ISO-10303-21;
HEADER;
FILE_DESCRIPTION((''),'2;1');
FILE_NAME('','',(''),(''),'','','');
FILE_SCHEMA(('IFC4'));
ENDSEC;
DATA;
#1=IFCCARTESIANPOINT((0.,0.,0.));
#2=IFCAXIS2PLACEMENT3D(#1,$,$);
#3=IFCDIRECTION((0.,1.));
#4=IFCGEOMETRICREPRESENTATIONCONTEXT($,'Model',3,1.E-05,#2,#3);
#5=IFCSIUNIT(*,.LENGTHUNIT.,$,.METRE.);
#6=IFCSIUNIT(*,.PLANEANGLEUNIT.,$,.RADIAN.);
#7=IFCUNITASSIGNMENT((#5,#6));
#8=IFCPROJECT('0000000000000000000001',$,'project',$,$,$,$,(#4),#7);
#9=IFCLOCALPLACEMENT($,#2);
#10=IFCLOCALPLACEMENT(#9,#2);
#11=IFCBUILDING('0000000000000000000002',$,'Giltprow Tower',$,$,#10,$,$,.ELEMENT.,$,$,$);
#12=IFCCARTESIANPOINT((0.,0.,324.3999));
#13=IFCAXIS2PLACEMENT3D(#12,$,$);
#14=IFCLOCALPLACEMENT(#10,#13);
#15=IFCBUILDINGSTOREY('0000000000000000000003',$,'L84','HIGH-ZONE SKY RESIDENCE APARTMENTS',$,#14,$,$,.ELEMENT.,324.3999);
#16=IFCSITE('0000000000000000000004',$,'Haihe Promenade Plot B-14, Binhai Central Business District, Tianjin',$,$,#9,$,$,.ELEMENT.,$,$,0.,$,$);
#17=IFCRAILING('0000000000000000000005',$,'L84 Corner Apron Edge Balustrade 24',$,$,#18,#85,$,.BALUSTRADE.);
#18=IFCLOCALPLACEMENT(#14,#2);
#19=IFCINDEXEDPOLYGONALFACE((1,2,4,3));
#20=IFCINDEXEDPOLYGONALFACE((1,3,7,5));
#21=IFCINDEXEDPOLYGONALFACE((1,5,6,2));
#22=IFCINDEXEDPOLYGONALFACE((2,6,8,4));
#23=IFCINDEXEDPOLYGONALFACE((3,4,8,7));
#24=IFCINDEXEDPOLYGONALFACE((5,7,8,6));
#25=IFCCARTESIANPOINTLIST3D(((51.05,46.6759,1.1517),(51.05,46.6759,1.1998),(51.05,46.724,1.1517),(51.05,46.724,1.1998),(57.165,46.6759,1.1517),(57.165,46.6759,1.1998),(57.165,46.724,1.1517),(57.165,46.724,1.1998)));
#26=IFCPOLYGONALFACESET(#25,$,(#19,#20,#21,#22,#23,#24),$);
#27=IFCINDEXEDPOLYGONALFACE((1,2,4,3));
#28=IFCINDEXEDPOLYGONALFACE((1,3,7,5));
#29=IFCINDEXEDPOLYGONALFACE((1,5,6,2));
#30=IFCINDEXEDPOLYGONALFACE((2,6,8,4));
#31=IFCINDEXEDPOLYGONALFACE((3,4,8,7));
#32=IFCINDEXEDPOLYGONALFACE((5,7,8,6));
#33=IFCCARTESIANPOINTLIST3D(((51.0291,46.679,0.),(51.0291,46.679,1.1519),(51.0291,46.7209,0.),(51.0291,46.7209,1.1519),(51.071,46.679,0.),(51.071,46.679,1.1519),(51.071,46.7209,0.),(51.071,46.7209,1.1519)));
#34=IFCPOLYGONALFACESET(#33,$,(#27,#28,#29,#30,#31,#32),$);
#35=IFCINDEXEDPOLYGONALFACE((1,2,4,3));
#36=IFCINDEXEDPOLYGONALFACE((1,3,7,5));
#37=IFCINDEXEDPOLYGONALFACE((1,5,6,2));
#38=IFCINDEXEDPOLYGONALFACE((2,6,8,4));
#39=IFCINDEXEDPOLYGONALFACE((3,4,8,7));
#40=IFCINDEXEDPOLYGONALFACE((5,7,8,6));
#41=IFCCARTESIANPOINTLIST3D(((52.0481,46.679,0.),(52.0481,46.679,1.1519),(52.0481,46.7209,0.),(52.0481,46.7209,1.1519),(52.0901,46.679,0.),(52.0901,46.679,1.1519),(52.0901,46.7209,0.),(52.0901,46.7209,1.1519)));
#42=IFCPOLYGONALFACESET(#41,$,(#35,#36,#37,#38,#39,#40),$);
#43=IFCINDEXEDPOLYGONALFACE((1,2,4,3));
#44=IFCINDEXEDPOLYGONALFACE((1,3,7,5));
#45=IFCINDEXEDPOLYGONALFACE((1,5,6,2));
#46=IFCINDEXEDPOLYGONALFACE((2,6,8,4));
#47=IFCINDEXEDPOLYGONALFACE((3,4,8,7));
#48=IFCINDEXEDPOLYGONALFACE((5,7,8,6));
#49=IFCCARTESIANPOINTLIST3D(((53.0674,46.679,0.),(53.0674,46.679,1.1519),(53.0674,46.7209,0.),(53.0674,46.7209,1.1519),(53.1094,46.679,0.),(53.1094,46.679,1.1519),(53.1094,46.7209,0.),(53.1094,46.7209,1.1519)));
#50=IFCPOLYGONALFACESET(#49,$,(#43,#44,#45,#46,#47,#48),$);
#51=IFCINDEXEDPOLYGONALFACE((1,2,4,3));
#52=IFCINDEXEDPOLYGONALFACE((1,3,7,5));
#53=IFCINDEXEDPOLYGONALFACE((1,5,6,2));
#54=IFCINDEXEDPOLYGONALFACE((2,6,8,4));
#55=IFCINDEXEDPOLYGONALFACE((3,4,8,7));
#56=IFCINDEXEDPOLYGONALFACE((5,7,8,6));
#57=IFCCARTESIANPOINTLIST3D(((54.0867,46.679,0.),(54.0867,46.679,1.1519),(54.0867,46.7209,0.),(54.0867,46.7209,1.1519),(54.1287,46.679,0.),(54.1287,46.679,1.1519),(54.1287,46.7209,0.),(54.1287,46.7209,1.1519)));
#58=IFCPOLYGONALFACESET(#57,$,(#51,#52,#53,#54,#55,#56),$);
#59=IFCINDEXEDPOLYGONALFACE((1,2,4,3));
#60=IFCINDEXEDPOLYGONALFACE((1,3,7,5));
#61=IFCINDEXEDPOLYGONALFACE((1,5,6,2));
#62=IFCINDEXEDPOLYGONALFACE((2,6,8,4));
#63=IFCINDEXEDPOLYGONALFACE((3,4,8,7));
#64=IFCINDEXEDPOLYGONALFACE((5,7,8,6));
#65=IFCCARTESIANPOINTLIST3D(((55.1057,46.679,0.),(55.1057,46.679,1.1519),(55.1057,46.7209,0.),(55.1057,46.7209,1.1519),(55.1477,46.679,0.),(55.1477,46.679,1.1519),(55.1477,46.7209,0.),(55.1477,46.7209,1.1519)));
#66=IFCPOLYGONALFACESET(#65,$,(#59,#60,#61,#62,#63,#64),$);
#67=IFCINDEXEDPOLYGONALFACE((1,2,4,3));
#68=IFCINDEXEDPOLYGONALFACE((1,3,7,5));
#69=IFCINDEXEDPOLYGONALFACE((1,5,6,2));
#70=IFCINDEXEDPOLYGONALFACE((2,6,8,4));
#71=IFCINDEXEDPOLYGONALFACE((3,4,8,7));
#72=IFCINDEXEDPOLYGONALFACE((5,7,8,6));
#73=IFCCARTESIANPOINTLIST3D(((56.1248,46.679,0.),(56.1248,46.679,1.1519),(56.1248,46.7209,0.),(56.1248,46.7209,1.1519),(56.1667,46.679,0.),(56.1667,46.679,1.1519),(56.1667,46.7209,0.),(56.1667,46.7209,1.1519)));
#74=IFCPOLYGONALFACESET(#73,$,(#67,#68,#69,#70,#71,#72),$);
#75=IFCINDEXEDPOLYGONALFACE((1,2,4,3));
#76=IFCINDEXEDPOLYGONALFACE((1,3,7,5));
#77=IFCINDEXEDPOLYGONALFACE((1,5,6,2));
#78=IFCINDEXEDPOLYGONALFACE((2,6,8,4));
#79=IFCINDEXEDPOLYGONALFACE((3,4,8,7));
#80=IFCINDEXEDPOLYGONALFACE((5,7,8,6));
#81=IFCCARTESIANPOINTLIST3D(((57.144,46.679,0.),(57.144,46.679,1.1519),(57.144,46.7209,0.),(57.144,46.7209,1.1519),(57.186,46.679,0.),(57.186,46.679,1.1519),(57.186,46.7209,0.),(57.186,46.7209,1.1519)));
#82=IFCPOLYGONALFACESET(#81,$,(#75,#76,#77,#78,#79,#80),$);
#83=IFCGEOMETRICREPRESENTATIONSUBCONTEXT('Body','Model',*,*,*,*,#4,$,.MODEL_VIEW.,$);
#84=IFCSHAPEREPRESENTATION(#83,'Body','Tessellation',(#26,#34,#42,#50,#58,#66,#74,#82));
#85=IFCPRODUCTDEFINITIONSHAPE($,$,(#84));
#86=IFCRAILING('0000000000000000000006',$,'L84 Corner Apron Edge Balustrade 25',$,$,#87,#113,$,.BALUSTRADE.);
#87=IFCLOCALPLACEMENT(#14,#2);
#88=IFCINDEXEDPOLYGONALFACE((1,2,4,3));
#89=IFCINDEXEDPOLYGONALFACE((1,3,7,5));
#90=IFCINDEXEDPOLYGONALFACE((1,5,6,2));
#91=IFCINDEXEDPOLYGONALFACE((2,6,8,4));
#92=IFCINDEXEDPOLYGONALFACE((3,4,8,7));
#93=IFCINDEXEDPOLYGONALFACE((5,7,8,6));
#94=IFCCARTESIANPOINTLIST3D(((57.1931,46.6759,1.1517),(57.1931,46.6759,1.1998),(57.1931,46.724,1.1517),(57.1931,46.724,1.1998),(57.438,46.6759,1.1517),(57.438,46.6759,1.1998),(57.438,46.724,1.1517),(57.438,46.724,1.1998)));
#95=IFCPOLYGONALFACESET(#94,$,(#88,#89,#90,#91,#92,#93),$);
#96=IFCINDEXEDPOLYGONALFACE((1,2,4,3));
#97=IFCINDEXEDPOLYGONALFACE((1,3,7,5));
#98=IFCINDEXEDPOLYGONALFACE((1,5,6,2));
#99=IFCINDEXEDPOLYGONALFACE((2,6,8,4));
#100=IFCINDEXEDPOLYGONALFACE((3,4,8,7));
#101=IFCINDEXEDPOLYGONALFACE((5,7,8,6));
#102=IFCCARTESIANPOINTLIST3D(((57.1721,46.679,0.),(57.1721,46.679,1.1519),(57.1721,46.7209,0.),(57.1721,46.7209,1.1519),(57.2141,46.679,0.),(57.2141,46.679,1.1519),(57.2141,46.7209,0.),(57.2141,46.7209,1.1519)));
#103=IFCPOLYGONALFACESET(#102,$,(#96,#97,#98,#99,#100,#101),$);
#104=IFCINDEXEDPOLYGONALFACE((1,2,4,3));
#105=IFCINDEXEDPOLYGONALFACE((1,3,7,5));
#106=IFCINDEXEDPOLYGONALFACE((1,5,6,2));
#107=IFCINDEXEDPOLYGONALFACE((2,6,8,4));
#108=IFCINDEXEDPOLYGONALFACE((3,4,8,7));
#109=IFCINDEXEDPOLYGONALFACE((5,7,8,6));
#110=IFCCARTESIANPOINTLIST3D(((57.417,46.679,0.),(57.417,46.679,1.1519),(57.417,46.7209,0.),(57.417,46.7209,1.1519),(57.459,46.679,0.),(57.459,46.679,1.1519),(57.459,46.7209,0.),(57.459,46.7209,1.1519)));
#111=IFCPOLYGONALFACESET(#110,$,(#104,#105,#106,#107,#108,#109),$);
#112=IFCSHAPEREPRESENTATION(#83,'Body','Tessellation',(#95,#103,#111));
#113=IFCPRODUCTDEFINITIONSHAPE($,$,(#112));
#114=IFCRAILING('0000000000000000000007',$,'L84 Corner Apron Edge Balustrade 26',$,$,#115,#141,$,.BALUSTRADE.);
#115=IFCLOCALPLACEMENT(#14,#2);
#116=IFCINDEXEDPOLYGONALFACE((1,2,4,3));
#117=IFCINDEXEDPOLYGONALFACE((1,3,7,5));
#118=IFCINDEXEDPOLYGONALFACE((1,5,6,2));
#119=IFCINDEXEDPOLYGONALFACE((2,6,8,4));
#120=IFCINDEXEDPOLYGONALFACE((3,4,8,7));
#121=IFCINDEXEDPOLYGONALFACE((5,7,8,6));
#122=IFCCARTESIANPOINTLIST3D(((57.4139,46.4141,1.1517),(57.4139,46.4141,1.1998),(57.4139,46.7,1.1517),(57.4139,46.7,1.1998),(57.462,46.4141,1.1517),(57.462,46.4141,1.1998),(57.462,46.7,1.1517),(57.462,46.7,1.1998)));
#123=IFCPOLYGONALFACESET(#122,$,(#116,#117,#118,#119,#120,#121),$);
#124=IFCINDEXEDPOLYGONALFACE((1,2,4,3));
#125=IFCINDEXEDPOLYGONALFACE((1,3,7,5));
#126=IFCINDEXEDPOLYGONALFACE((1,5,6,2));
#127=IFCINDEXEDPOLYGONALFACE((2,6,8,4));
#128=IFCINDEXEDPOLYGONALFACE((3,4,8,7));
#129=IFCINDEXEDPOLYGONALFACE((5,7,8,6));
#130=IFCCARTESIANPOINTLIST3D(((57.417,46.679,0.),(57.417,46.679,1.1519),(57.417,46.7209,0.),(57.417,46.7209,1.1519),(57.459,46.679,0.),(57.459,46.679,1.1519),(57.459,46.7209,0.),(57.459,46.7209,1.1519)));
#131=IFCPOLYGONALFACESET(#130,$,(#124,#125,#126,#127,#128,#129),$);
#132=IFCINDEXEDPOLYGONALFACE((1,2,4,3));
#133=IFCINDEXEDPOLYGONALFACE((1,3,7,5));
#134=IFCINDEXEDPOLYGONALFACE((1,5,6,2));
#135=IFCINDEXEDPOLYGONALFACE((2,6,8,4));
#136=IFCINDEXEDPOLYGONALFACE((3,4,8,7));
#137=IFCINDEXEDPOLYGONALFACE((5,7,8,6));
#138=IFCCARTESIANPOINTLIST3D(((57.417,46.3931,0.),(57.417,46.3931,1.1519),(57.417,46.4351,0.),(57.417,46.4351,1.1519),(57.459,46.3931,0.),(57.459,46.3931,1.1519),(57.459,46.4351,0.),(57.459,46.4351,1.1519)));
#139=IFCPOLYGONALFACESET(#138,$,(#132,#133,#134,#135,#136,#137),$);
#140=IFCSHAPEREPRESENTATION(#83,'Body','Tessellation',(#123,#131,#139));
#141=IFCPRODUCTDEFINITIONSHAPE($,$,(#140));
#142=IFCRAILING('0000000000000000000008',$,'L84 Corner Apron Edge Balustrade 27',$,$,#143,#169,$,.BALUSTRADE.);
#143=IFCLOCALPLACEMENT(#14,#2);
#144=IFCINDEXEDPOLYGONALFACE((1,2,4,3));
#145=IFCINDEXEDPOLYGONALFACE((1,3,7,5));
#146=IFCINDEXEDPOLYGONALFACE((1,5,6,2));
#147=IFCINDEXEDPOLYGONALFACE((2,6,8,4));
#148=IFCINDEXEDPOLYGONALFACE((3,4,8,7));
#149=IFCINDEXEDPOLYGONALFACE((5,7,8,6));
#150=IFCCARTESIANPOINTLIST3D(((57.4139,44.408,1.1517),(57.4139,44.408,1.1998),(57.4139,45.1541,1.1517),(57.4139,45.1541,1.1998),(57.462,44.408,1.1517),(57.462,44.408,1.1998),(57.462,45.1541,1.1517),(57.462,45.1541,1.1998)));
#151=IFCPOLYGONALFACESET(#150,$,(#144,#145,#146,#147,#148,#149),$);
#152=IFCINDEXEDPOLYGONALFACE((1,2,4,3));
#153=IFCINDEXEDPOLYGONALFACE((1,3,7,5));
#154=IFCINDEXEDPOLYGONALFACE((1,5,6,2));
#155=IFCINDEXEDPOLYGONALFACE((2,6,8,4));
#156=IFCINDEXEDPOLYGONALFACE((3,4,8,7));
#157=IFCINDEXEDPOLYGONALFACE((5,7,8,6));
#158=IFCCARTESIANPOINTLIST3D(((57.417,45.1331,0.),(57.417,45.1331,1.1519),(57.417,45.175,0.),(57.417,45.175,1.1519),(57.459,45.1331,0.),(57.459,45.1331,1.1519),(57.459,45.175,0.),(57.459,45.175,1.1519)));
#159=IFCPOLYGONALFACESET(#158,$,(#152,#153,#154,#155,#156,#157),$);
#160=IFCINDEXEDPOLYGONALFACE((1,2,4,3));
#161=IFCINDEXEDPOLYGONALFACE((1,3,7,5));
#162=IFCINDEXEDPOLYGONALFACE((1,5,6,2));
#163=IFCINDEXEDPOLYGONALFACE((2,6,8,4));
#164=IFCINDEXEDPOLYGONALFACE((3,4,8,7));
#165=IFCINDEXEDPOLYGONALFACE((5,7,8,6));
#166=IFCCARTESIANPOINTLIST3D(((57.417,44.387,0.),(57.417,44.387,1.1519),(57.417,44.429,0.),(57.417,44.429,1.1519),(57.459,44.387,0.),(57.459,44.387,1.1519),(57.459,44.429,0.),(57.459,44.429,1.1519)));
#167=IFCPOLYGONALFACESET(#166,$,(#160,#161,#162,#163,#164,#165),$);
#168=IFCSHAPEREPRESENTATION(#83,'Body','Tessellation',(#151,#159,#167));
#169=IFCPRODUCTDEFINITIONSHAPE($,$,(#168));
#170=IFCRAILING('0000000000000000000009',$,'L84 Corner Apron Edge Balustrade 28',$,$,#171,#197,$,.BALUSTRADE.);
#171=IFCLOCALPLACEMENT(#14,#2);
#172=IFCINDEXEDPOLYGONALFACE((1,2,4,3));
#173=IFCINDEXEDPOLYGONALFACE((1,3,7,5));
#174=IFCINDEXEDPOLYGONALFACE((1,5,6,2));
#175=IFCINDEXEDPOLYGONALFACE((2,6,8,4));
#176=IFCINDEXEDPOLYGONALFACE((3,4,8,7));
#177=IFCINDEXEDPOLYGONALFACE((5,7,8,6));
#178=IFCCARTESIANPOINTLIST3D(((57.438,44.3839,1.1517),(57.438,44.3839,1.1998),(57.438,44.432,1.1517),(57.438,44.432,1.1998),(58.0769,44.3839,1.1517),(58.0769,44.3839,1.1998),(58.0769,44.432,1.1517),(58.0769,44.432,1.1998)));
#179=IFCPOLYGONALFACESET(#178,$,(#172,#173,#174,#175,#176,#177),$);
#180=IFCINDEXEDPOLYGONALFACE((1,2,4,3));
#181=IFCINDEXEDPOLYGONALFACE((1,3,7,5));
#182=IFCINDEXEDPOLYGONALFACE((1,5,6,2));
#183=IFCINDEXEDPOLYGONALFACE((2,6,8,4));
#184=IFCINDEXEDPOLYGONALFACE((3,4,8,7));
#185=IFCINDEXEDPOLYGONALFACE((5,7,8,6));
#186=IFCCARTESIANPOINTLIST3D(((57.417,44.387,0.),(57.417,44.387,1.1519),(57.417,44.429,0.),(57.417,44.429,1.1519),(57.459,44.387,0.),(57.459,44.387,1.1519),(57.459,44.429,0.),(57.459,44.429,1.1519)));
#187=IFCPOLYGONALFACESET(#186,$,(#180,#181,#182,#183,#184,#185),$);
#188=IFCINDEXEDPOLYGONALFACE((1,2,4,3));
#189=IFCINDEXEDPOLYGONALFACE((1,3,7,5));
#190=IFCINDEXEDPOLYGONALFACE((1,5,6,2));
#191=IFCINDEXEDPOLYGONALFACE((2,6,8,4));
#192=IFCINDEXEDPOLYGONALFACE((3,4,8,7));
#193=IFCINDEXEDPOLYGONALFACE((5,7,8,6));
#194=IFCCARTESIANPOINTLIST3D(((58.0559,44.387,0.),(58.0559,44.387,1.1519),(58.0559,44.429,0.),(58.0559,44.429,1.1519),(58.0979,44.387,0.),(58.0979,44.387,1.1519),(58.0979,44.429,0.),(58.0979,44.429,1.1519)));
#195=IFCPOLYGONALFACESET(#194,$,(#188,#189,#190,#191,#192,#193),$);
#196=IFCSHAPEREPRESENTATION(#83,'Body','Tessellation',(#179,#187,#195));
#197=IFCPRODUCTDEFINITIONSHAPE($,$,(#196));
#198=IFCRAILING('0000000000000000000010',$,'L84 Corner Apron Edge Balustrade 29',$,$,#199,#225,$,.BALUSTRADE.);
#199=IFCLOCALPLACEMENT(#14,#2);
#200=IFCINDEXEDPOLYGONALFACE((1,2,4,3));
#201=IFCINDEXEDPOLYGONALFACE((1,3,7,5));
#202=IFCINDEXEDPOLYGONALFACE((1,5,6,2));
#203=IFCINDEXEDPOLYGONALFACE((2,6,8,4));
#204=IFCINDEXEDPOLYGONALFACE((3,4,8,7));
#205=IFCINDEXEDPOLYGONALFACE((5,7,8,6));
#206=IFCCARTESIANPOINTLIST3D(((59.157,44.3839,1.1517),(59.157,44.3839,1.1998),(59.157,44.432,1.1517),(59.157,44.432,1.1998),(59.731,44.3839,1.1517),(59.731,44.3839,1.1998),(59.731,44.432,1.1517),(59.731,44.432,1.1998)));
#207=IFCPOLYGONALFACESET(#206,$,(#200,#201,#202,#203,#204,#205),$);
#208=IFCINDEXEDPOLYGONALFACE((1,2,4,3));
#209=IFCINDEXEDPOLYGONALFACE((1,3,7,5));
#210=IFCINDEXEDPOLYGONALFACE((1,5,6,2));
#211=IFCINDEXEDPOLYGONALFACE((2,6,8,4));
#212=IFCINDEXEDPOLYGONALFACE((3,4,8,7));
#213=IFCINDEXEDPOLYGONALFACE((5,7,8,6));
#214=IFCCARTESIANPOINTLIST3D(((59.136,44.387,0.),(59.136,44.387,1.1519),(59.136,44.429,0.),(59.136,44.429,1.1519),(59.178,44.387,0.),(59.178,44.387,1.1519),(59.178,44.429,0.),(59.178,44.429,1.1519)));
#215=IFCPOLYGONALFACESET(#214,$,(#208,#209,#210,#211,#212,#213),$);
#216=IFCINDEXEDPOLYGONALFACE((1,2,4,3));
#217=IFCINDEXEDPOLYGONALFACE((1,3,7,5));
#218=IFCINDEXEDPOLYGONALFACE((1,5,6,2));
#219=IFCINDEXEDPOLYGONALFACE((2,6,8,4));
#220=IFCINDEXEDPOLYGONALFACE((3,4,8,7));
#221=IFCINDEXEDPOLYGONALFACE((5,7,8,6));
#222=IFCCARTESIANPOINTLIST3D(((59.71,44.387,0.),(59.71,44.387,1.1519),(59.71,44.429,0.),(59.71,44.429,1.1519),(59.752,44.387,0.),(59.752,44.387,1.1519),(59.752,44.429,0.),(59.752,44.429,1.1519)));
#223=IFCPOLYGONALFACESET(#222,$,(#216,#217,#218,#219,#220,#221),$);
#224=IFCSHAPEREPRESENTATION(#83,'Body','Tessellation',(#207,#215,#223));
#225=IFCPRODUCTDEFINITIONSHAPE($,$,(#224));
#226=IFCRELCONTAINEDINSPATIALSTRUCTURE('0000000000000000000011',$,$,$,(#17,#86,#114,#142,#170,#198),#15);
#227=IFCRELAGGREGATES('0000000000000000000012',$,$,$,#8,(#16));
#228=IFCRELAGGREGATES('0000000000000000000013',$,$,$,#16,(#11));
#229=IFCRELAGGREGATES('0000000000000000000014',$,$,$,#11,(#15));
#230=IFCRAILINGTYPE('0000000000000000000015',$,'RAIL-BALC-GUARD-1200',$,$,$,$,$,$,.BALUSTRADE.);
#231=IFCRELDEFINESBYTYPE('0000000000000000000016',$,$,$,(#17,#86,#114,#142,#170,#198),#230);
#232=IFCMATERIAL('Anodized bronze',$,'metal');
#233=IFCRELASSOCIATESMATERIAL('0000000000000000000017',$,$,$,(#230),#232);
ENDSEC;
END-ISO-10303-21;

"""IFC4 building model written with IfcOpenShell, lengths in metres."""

from ifc_helpers import new_model, si_unit, direction, frame, origin, origin_2d, place, context, subcontext, project, spatial, rectangle, extrude, material, type_object, element, save


model = new_model("IFC4")

# Units and contexts
model_context = context("Model", 3, precision=1e-05, world=origin(), true_north=direction((0.0, 1.0)))
body_context = subcontext(model_context, "Body", "Model", "MODEL_VIEW")
ifc_project = project(units=[si_unit("LENGTHUNIT", "METRE"), si_unit("PLANEANGLEUNIT", "RADIAN")], contexts=[model_context])

# Site, building, storey
site_placement = place(None, origin())
site = spatial("IfcSite", under=ifc_project, at=site_placement, Name="Haihe Promenade Plot B-14, Binhai Central Business District, Tianjin", CompositionType="ELEMENT", RefElevation=0.0)
building_placement = place(site_placement, origin())
building = spatial("IfcBuilding", under=site, at=building_placement, Name="Giltprow Tower", CompositionType="ELEMENT")
storey_placement = place(building_placement, frame((0.0, 0.0, 324.3999)))
storey = spatial("IfcBuildingStorey", under=building, at=storey_placement, Name="L84", Description="HIGH-ZONE SKY RESIDENCE APARTMENTS", CompositionType="ELEMENT", Elevation=324.3999)

# Railings
ifc_material_1 = material(Name="Anodized bronze", Category="metal")
railing_type = type_object("IfcRailingType", Name="RAIL-BALC-GUARD-1200", PredefinedType="BALUSTRADE", material=ifc_material_1)
railing_1_placement = place(storey_placement, frame((51.05, 46.7, 0.0)))
element("IfcRailing", 1, at=railing_1_placement, inside=storey, type_object=railing_type, Name="L84 Corner Apron Edge Balustrade 24", PredefinedType="BALUSTRADE", context=body_context, shape_type="SweptSolid", body=[
    extrude(rectangle(XDim=0.0481, YDim=0.0481, at=origin_2d()), frame((0.0, 0.0, 1.1758), z_axis=(1.0, 0.0, 0.0), x_axis=(0.0, 1.0, 0.0)), (0.0, 0.0, 1.0), 6.115),
    extrude(rectangle(XDim=0.042, YDim=0.042, at=origin_2d()), origin(), (0.0, 0.0, 1.0), 1.1519),
    extrude(rectangle(XDim=0.042, YDim=0.042, at=origin_2d()), frame((1.019, 0.0, 0.0)), (0.0, 0.0, 1.0), 1.1519),
    extrude(rectangle(XDim=0.042, YDim=0.042, at=origin_2d()), frame((2.0383, 0.0, 0.0)), (0.0, 0.0, 1.0), 1.1519),
    extrude(rectangle(XDim=0.042, YDim=0.042, at=origin_2d()), frame((3.0576, 0.0, 0.0)), (0.0, 0.0, 1.0), 1.1519),
    extrude(rectangle(XDim=0.042, YDim=0.042, at=origin_2d()), frame((4.0767, 0.0, 0.0)), (0.0, 0.0, 1.0), 1.1519),
    extrude(rectangle(XDim=0.042, YDim=0.042, at=origin_2d()), frame((5.0957, 0.0, 0.0)), (0.0, 0.0, 1.0), 1.1519),
    extrude(rectangle(XDim=0.042, YDim=0.042, at=origin_2d()), frame((6.115, 0.0, 0.0)), (0.0, 0.0, 1.0), 1.1519),
])
railing_2_placement = place(storey_placement, frame((57.1931, 46.7, 0.0)))
element("IfcRailing", 2, at=railing_2_placement, inside=storey, type_object=railing_type, Name="L84 Corner Apron Edge Balustrade 25", PredefinedType="BALUSTRADE", context=body_context, shape_type="SweptSolid", body=[
    extrude(rectangle(XDim=0.0481, YDim=0.0481, at=origin_2d()), frame((0.0, 0.0, 1.1758), z_axis=(1.0, 0.0, 0.0), x_axis=(0.0, 1.0, 0.0)), (0.0, 0.0, 1.0), 0.2449),
    extrude(rectangle(XDim=0.042, YDim=0.042, at=origin_2d()), origin(), (0.0, 0.0, 1.0), 1.1519),
    extrude(rectangle(XDim=0.042, YDim=0.042, at=origin_2d()), frame((0.2449, 0.0, 0.0)), (0.0, 0.0, 1.0), 1.1519),
])
railing_3_placement = place(storey_placement, frame((57.438, 46.7, 0.0)))
element("IfcRailing", 3, at=railing_3_placement, inside=storey, type_object=railing_type, Name="L84 Corner Apron Edge Balustrade 26", PredefinedType="BALUSTRADE", context=body_context, shape_type="SweptSolid", body=[
    extrude(rectangle(XDim=0.0481, YDim=0.0481, at=origin_2d()), frame((0.0, 0.0, 1.1758), z_axis=(0.0, -1.0, 0.0), x_axis=(1.0, 0.0, 0.0)), (0.0, 0.0, 1.0), 0.2859),
    extrude(rectangle(XDim=0.042, YDim=0.042, at=origin_2d()), origin(), (0.0, 0.0, 1.0), 1.1519),
    extrude(rectangle(XDim=0.042, YDim=0.042, at=origin_2d()), frame((0.0, -0.2859, 0.0)), (0.0, 0.0, 1.0), 1.1519),
])
railing_4_placement = place(storey_placement, frame((57.438, 45.1541, 0.0)))
element("IfcRailing", 4, at=railing_4_placement, inside=storey, type_object=railing_type, Name="L84 Corner Apron Edge Balustrade 27", PredefinedType="BALUSTRADE", context=body_context, shape_type="SweptSolid", body=[
    extrude(rectangle(XDim=0.0481, YDim=0.0481, at=origin_2d()), frame((0.0, 0.0, 1.1758), z_axis=(0.0, -1.0, 0.0), x_axis=(1.0, 0.0, 0.0)), (0.0, 0.0, 1.0), 0.7461),
    extrude(rectangle(XDim=0.042, YDim=0.042, at=origin_2d()), origin(), (0.0, 0.0, 1.0), 1.1519),
    extrude(rectangle(XDim=0.042, YDim=0.042, at=origin_2d()), frame((0.0, -0.7461, 0.0)), (0.0, 0.0, 1.0), 1.1519),
])
railing_5_placement = place(storey_placement, frame((57.438, 44.408, 0.0)))
element("IfcRailing", 5, at=railing_5_placement, inside=storey, type_object=railing_type, Name="L84 Corner Apron Edge Balustrade 28", PredefinedType="BALUSTRADE", context=body_context, shape_type="SweptSolid", body=[
    extrude(rectangle(XDim=0.0481, YDim=0.0481, at=origin_2d()), frame((0.0, 0.0, 1.1758), z_axis=(1.0, 0.0, 0.0), x_axis=(0.0, 1.0, 0.0)), (0.0, 0.0, 1.0), 0.6389),
    extrude(rectangle(XDim=0.042, YDim=0.042, at=origin_2d()), origin(), (0.0, 0.0, 1.0), 1.1519),
    extrude(rectangle(XDim=0.042, YDim=0.042, at=origin_2d()), frame((0.6389, 0.0, 0.0)), (0.0, 0.0, 1.0), 1.1519),
])
railing_6_placement = place(storey_placement, frame((59.157, 44.408, 0.0)))
element("IfcRailing", 6, at=railing_6_placement, inside=storey, type_object=railing_type, Name="L84 Corner Apron Edge Balustrade 29", PredefinedType="BALUSTRADE", context=body_context, shape_type="SweptSolid", body=[
    extrude(rectangle(XDim=0.0481, YDim=0.0481, at=origin_2d()), frame((0.0, 0.0, 1.1758), z_axis=(1.0, 0.0, 0.0), x_axis=(0.0, 1.0, 0.0)), (0.0, 0.0, 1.0), 0.574),
    extrude(rectangle(XDim=0.042, YDim=0.042, at=origin_2d()), origin(), (0.0, 0.0, 1.0), 1.1519),
    extrude(rectangle(XDim=0.042, YDim=0.042, at=origin_2d()), frame((0.574, 0.0, 0.0)), (0.0, 0.0, 1.0), 1.1519),
])

save(model, "model.ifc")
